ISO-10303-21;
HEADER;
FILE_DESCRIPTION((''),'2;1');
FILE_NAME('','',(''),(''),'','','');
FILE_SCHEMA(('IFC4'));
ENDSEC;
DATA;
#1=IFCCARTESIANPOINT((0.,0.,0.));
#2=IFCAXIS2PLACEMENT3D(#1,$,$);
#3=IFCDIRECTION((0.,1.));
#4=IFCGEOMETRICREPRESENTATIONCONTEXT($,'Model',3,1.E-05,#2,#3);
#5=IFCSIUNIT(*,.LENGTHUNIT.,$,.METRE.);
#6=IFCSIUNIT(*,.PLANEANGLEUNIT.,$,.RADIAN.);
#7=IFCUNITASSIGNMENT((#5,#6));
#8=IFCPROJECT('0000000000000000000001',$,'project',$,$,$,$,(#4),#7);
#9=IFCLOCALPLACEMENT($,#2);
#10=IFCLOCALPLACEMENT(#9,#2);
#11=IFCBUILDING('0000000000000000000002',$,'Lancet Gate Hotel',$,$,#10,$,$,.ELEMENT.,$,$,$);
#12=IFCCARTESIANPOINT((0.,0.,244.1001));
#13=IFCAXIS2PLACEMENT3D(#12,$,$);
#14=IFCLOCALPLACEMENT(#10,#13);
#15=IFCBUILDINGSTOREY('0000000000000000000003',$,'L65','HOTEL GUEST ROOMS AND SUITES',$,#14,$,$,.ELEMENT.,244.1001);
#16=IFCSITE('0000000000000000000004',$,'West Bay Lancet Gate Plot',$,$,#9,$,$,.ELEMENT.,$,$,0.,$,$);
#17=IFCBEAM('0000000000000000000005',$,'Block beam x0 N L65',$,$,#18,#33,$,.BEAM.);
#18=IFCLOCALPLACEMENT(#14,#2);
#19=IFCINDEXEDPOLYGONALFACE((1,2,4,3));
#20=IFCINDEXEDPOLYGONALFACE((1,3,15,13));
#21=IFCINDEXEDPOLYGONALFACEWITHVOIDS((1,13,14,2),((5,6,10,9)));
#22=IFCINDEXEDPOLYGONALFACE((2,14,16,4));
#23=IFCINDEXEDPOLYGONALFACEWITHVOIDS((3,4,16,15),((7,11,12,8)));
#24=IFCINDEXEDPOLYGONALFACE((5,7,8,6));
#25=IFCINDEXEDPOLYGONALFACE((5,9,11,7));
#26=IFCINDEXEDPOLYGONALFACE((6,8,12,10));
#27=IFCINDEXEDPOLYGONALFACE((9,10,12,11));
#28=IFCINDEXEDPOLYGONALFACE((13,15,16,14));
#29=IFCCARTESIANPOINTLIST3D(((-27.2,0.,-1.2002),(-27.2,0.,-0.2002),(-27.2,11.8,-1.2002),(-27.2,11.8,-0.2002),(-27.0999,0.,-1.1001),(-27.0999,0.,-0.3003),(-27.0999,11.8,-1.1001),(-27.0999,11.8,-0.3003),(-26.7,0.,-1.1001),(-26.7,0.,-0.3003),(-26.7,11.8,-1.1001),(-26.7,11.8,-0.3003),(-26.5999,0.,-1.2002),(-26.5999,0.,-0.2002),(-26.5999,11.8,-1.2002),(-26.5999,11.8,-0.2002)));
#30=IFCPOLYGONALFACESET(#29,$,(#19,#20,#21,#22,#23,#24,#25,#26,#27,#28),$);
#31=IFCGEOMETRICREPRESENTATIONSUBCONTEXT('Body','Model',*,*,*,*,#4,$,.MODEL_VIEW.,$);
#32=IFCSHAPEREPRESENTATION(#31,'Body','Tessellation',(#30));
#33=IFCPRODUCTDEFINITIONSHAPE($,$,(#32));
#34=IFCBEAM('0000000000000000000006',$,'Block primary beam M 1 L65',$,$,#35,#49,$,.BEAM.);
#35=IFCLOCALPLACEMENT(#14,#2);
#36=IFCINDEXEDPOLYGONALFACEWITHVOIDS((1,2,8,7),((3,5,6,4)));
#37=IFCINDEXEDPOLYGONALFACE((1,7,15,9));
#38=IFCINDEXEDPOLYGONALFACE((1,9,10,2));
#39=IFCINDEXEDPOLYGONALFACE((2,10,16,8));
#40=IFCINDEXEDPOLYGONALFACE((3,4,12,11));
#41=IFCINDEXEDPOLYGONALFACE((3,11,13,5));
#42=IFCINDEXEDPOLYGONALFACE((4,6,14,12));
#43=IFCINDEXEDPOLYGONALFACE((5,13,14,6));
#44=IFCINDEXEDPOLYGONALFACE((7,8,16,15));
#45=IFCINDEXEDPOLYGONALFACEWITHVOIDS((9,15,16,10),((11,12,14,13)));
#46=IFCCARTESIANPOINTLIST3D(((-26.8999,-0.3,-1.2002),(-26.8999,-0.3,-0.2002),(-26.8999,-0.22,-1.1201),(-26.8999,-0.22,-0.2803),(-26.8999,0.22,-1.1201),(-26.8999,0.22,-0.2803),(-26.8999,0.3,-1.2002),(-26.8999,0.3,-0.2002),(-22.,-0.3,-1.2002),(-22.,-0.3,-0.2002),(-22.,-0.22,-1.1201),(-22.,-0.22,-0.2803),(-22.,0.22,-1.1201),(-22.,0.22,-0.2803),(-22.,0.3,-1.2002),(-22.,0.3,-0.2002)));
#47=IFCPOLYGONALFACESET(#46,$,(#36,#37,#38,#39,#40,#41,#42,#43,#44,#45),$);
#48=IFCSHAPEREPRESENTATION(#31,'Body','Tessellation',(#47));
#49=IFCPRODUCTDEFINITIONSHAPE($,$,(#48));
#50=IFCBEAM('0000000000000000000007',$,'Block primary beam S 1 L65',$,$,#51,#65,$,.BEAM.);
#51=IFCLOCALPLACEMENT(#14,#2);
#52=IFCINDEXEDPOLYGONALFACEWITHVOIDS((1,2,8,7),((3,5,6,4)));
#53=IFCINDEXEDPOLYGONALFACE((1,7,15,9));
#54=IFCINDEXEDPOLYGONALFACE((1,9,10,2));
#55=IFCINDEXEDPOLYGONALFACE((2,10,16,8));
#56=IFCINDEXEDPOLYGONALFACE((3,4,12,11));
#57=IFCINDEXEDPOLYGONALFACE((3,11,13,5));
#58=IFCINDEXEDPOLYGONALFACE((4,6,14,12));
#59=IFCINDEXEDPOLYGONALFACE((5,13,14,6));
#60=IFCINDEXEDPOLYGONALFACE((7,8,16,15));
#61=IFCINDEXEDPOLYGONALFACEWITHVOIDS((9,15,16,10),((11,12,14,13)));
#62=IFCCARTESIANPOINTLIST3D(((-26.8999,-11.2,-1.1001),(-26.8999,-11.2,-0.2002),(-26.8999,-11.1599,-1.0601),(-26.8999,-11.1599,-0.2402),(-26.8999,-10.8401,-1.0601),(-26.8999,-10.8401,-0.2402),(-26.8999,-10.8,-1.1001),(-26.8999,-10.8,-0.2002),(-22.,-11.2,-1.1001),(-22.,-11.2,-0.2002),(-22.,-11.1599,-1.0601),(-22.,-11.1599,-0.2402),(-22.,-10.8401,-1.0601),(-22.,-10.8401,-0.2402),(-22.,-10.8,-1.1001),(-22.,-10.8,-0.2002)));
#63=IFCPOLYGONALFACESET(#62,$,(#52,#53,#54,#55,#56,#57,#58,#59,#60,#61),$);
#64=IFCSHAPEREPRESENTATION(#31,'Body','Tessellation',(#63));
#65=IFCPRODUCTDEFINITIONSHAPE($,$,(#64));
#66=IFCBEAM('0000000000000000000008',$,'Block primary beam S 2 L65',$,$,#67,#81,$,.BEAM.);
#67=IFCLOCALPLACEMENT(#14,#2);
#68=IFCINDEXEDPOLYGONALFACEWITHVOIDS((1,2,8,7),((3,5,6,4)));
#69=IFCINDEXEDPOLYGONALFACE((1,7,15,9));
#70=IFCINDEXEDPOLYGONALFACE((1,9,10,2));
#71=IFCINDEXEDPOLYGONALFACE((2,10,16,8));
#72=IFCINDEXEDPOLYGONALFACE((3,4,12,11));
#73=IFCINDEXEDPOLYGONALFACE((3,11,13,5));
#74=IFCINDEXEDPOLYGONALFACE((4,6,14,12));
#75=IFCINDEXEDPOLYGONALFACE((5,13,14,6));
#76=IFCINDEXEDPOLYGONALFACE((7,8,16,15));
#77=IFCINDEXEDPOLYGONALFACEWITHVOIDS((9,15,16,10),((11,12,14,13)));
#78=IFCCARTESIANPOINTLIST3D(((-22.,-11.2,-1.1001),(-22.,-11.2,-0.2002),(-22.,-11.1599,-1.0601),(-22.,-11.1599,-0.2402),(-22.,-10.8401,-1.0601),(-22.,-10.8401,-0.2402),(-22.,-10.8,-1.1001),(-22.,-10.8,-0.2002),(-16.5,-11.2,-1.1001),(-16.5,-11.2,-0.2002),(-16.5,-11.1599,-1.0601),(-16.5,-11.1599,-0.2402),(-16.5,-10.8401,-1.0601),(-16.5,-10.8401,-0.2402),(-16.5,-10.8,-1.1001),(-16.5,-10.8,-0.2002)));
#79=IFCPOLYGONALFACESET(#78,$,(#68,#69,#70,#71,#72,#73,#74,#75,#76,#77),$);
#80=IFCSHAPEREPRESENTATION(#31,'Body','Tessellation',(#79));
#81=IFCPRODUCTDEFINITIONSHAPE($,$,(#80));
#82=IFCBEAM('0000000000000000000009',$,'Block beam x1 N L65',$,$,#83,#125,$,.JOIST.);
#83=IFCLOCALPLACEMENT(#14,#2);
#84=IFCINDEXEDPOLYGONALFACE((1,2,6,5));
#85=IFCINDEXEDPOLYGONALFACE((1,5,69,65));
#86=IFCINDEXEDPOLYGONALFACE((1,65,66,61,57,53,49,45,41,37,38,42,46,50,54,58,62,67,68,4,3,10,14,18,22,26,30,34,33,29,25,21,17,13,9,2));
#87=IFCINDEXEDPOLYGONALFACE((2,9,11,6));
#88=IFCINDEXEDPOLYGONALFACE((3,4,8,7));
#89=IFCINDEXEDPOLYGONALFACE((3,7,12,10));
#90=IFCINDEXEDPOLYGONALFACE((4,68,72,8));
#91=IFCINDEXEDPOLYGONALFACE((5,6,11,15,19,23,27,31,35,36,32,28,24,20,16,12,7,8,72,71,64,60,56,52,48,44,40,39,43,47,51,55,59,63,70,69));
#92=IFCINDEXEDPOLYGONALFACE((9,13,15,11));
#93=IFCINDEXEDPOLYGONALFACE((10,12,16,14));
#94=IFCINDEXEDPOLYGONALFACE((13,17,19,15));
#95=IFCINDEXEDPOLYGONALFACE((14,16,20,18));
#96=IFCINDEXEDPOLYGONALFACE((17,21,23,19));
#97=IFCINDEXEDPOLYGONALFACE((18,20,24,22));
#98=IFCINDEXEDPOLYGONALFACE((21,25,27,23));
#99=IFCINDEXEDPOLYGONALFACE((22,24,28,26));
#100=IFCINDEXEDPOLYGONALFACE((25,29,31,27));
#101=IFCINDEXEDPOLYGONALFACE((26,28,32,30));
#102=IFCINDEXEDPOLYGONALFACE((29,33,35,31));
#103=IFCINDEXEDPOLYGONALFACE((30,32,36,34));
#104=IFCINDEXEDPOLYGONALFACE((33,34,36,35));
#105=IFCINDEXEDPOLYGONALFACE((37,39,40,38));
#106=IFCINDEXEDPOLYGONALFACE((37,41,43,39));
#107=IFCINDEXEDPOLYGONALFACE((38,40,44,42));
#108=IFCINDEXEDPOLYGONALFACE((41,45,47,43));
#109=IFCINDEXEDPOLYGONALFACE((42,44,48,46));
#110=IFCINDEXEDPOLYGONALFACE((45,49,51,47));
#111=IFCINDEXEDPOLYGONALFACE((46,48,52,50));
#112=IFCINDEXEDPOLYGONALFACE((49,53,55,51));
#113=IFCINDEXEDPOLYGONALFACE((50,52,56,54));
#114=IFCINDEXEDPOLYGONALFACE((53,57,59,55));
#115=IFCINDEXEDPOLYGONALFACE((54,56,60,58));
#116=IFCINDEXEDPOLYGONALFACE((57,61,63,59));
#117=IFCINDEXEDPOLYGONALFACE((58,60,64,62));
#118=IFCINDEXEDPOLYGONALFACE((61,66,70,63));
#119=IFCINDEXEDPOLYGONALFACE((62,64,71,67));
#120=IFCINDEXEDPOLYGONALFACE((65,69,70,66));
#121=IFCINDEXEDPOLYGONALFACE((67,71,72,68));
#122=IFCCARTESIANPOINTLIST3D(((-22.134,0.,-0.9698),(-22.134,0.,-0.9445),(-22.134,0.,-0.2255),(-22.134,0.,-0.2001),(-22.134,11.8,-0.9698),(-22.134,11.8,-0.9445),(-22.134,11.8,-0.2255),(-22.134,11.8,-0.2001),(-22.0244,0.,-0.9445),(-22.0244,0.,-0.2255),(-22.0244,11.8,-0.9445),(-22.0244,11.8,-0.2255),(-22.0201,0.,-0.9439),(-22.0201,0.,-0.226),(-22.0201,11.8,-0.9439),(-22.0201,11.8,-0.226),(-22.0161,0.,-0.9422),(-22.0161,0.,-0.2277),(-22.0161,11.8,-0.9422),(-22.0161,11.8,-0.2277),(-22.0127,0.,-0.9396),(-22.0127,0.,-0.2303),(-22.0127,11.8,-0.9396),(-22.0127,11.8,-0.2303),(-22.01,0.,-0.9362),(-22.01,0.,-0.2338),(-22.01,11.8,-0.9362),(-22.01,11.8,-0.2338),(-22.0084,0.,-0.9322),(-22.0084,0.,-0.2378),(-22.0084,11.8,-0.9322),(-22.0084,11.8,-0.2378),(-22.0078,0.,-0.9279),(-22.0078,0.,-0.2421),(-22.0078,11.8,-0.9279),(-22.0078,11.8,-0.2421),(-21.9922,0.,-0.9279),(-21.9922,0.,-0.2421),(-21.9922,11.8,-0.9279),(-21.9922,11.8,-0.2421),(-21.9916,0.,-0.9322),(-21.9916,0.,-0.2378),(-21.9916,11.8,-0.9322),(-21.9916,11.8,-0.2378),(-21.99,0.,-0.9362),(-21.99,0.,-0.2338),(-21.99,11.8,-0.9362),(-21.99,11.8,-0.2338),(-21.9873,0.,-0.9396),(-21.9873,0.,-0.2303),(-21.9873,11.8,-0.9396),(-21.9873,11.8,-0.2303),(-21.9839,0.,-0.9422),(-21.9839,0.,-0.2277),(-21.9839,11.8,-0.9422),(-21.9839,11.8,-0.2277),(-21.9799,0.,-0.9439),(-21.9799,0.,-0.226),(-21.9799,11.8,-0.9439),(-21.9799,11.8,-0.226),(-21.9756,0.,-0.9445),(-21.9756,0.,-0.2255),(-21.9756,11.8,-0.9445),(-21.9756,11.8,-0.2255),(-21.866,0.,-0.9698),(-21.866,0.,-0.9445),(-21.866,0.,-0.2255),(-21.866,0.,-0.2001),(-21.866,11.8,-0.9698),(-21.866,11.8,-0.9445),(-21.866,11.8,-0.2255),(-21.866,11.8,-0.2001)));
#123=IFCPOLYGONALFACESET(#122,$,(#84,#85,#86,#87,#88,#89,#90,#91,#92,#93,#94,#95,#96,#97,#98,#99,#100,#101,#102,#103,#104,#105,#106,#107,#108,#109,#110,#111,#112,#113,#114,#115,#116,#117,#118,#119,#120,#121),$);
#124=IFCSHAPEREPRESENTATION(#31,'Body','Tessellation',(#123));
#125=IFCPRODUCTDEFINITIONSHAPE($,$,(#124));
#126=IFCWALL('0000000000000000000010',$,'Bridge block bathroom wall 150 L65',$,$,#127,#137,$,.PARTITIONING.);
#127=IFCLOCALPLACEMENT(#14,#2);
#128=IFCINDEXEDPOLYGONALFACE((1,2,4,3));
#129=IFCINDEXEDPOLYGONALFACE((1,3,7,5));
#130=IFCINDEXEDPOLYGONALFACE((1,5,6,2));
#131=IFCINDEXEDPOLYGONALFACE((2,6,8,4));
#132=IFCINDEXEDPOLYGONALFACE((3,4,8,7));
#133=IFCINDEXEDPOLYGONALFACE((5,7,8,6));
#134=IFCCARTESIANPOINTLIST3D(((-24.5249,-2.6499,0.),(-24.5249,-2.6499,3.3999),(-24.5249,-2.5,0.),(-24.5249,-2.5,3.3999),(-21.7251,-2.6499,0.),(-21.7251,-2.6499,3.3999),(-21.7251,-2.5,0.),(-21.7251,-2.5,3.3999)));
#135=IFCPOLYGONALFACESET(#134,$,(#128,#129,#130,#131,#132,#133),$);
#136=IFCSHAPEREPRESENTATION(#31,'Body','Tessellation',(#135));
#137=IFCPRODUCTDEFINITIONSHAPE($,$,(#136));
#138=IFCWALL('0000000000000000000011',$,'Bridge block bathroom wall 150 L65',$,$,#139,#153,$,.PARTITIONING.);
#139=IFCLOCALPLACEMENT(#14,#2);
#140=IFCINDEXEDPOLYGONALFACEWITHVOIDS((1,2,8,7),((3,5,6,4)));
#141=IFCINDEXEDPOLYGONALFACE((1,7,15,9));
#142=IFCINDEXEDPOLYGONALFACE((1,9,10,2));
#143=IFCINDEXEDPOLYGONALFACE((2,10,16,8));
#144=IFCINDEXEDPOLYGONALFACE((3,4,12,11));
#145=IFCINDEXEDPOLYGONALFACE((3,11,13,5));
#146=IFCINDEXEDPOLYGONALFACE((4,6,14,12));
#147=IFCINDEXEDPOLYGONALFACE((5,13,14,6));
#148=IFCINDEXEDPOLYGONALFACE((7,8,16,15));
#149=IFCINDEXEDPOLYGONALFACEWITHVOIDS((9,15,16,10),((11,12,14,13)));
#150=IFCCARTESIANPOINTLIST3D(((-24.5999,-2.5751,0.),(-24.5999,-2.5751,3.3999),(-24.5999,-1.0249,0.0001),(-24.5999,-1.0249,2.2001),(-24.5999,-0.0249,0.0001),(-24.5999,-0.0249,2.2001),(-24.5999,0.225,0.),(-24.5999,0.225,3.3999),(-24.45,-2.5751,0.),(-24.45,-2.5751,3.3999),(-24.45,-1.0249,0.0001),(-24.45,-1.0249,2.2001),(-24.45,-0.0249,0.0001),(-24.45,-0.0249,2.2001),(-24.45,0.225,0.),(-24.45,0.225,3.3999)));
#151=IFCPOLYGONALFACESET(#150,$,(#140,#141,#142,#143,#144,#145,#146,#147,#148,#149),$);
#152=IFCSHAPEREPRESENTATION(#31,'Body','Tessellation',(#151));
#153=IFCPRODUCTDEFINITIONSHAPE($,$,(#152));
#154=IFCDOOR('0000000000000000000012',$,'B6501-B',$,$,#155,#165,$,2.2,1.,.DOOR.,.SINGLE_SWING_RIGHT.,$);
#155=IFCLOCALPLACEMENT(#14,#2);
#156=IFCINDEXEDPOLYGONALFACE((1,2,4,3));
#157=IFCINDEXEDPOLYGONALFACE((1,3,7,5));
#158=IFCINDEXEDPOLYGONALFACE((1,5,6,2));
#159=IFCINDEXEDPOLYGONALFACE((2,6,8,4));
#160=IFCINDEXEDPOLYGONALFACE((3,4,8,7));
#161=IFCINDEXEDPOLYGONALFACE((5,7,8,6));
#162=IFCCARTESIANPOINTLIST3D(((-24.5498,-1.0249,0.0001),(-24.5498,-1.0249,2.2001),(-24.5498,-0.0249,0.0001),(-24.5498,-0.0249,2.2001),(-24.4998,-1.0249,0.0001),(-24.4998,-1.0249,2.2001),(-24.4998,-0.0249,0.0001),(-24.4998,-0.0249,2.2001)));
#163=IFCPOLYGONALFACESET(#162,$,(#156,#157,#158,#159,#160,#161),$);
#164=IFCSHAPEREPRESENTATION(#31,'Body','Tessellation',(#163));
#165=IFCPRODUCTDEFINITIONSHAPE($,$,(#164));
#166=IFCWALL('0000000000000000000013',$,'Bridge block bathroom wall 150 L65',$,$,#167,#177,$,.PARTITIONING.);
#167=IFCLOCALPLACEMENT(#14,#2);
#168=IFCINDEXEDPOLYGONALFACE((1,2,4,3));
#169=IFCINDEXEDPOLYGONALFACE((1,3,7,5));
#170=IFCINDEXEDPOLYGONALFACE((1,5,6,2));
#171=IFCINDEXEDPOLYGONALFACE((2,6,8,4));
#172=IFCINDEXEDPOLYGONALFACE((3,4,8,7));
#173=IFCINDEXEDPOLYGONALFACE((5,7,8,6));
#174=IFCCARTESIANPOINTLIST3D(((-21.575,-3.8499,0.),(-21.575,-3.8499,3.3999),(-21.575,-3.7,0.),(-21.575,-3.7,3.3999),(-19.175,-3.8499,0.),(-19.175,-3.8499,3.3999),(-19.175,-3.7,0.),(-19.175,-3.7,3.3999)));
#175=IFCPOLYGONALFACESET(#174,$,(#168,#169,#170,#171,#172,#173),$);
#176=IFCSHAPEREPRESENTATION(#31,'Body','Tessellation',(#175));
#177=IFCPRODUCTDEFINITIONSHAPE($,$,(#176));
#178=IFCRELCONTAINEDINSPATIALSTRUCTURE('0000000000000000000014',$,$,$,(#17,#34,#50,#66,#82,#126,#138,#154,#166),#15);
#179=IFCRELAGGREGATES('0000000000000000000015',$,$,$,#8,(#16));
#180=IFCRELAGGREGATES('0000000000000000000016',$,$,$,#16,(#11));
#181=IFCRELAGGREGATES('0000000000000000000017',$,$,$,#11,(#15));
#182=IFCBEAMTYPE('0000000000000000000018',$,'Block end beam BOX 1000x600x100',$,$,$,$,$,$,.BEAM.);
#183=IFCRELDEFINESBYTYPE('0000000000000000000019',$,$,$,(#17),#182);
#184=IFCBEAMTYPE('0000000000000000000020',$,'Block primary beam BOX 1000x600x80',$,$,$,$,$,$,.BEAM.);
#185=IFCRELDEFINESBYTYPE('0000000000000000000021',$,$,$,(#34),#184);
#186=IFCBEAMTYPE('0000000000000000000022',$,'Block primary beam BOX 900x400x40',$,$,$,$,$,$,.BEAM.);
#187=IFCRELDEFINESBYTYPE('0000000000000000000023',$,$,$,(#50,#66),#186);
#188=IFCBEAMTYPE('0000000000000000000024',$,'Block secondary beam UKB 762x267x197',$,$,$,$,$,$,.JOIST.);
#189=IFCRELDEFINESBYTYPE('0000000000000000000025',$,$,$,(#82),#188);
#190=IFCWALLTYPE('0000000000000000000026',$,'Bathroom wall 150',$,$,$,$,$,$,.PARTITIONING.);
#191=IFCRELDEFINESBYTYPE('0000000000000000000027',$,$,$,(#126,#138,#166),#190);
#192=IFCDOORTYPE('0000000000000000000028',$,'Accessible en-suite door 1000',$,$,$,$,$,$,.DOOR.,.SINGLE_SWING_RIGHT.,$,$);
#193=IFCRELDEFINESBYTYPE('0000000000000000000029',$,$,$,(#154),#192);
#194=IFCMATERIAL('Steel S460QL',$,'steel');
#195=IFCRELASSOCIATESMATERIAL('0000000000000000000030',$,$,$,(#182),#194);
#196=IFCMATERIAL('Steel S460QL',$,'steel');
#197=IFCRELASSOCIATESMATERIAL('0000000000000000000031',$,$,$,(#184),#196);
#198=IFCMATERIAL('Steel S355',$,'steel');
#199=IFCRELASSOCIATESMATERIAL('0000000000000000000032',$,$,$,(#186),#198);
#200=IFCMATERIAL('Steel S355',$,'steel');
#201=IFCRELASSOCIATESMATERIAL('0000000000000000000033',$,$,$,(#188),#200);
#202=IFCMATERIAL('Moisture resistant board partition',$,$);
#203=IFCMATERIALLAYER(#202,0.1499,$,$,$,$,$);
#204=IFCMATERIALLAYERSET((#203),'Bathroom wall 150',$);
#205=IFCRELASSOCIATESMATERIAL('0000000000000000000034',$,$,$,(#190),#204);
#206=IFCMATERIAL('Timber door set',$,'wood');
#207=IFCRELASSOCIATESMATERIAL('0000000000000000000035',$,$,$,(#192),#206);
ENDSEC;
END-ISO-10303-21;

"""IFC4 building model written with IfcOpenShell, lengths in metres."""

from ifc_helpers import new_model, si_unit, direction, frame, frame_2d, origin, origin_2d, place, context, subcontext, project, spatial, rectangle, hollow_rectangle, i_section, extrude, material, layer, layer_set, material_profile, profile_set, type_object, element, fill, save


model = new_model("IFC4")

# Units and contexts
model_context = context("Model", 3, precision=1e-05, world=origin(), true_north=direction((0.0, 1.0)))
body_context = subcontext(model_context, "Body", "Model", "MODEL_VIEW")
ifc_project = project(units=[si_unit("LENGTHUNIT", "METRE"), si_unit("PLANEANGLEUNIT", "RADIAN")], contexts=[model_context])

# Site, building, storey
site_placement = place(None, origin())
site = spatial("IfcSite", under=ifc_project, at=site_placement, Name="West Bay Lancet Gate Plot", CompositionType="ELEMENT", RefElevation=0.0)
building_placement = place(site_placement, origin())
building = spatial("IfcBuilding", under=site, at=building_placement, Name="Lancet Gate Hotel", CompositionType="ELEMENT")
storey_placement = place(building_placement, frame((0.0, 0.0, 244.1001)))
storey = spatial("IfcBuildingStorey", under=building, at=storey_placement, Name="L65", Description="HOTEL GUEST ROOMS AND SUITES", CompositionType="ELEMENT", Elevation=244.1001)

# Beams
ifc_material_1 = material(Name="Steel S460QL", Category="steel")
ifc_material_profile_1 = material_profile(ifc_material_1, hollow_rectangle(XDim=0.6001, YDim=1.0, WallThickness=0.1001, at=origin_2d()), Name="BOX 1000x600x100")
ifc_profile_set_1 = profile_set([ifc_material_profile_1], Name="Steel S460QL")
beam_type_1 = type_object("IfcBeamType", Name="Block end beam BOX 1000x600x100", PredefinedType="BEAM", material=ifc_profile_set_1)
beam_1_placement = place(storey_placement, frame((-26.8999, 0.0, -0.7002), z_axis=(0.0, 1.0, 0.0), x_axis=(-1.0, 0.0, 0.0)))
element("IfcBeam", 1, at=beam_1_placement, inside=storey, type_object=beam_type_1, Name="Block beam x0 N L65", PredefinedType="BEAM", context=body_context, shape_type="SweptSolid", body=[
    extrude(hollow_rectangle(XDim=0.6001, YDim=1.0, WallThickness=0.1001, at=origin_2d()), origin(), (0.0, 0.0, 1.0), 11.8),
])
ifc_material_2 = material(Name="Steel S460QL", Category="steel")
ifc_material_profile_2 = material_profile(ifc_material_2, hollow_rectangle(XDim=0.6001, YDim=1.0, WallThickness=0.0801, at=origin_2d()), Name="BOX 1000x600x80")
ifc_profile_set_2 = profile_set([ifc_material_profile_2], Name="Steel S460QL")
beam_type_2 = type_object("IfcBeamType", Name="Block primary beam BOX 1000x600x80", PredefinedType="BEAM", material=ifc_profile_set_2)
beam_2_placement = place(storey_placement, frame((-26.8999, 0.0, -0.7002), z_axis=(1.0, 0.0, 0.0), x_axis=(0.0, 1.0, 0.0)))
element("IfcBeam", 2, at=beam_2_placement, inside=storey, type_object=beam_type_2, Name="Block primary beam M 1 L65", PredefinedType="BEAM", context=body_context, shape_type="SweptSolid", body=[
    extrude(hollow_rectangle(XDim=0.6001, YDim=1.0, WallThickness=0.0801, at=origin_2d()), origin(), (0.0, 0.0, 1.0), 4.8999),
])
ifc_material_3 = material(Name="Steel S355", Category="steel")
ifc_material_profile_3 = material_profile(ifc_material_3, hollow_rectangle(XDim=0.3999, YDim=0.8999, WallThickness=0.04, at=origin_2d()), Name="BOX 900x400x40")
ifc_profile_set_3 = profile_set([ifc_material_profile_3], Name="Steel S355")
beam_type_3 = type_object("IfcBeamType", Name="Block primary beam BOX 900x400x40", PredefinedType="BEAM", material=ifc_profile_set_3)
beam_3_placement = place(storey_placement, frame((-26.8999, -11.0, -0.6501), z_axis=(1.0, 0.0, 0.0), x_axis=(0.0, 1.0, 0.0)))
element("IfcBeam", 3, at=beam_3_placement, inside=storey, type_object=beam_type_3, Name="Block primary beam S 1 L65", PredefinedType="BEAM", context=body_context, shape_type="SweptSolid", body=[
    extrude(hollow_rectangle(XDim=0.3999, YDim=0.8999, WallThickness=0.04, at=origin_2d()), origin(), (0.0, 0.0, 1.0), 4.8999),
])
beam_4_placement = place(storey_placement, frame((-22.0, -11.0, -0.6501), z_axis=(1.0, 0.0, 0.0), x_axis=(0.0, 1.0, 0.0)))
element("IfcBeam", 4, at=beam_4_placement, inside=storey, type_object=beam_type_3, Name="Block primary beam S 2 L65", PredefinedType="BEAM", context=body_context, shape_type="SweptSolid", body=[
    extrude(hollow_rectangle(XDim=0.3999, YDim=0.8999, WallThickness=0.04, at=origin_2d()), origin(), (0.0, 0.0, 1.0), 5.5),
])
ifc_material_4 = material(Name="Steel S355", Category="steel")
ifc_material_profile_4 = material_profile(ifc_material_4, i_section(OverallWidth=0.2681, OverallDepth=0.7698, WebThickness=0.0156, FlangeThickness=0.0254, FilletRadius=0.0166, at=origin_2d()), Name="UKB 762x267x197")
ifc_profile_set_4 = profile_set([ifc_material_profile_4], Name="Steel S355")
beam_type_4 = type_object("IfcBeamType", Name="Block secondary beam UKB 762x267x197", PredefinedType="JOIST", material=ifc_profile_set_4)
beam_5_placement = place(storey_placement, frame((-22.0, 0.0, -0.585), z_axis=(0.0, 1.0, 0.0), x_axis=(-1.0, 0.0, 0.0)))
element("IfcBeam", 5, at=beam_5_placement, inside=storey, type_object=beam_type_4, Name="Block beam x1 N L65", PredefinedType="JOIST", context=body_context, shape_type="SweptSolid", body=[
    extrude(i_section(OverallWidth=0.2681, OverallDepth=0.7698, WebThickness=0.0156, FlangeThickness=0.0254, FilletRadius=0.0166, at=origin_2d()), origin(), (0.0, 0.0, 1.0), 11.8),
])

# Wall
ifc_material_5 = material(Name="Moisture resistant board partition")
ifc_layer_1 = layer(ifc_material_5, 0.1499)
ifc_layer_set_1 = layer_set([ifc_layer_1], Name="Bathroom wall 150")
wall_type_1 = type_object("IfcWallType", Name="Bathroom wall 150", PredefinedType="PARTITIONING", material=ifc_layer_set_1)
wall_1_placement = place(storey_placement, frame((-24.5249, -2.575, 0.0), z_axis=(0.0, 0.0, 1.0), x_axis=(1.0, 0.0, 0.0)))
element("IfcWall", 6, at=wall_1_placement, inside=storey, type_object=wall_type_1, Name="Bridge block bathroom wall 150 L65", PredefinedType="PARTITIONING", context=body_context, shape_type="SweptSolid", body=[
    extrude(rectangle(XDim=2.7998, YDim=0.1499, at=frame_2d((1.3999, 0.0))), origin(), (0.0, 0.0, 1.0), 3.3999),
])

# Wall, opening, door
wall_2_placement = place(storey_placement, frame((-24.5249, -2.575, 0.0), z_axis=(0.0, 0.0, 1.0), x_axis=(0.0, 1.0, 0.0)))
wall_2 = element("IfcWall", 7, at=wall_2_placement, inside=storey, type_object=wall_type_1, Name="Bridge block bathroom wall 150 L65", PredefinedType="PARTITIONING", context=body_context, shape_type="SweptSolid", body=[
    extrude(rectangle(XDim=2.8, YDim=0.1499, at=frame_2d((1.3999, 0.0))), origin(), (0.0, 0.0, 1.0), 3.3999),
])
opening_1_placement = place(wall_2_placement, frame((1.55, 0.0, 0.0)))
opening_1 = element("IfcOpeningElement", 8, at=opening_1_placement, cuts=wall_2, PredefinedType="OPENING", context=body_context, shape_type="SweptSolid", body=[
    extrude(rectangle(XDim=1.0, YDim=2.2, at=frame_2d((0.5, 1.1001))), frame((0.0, 0.085, 0.0), z_axis=(0.0, -1.0, 0.0), x_axis=(1.0, 0.0, 0.0)), (0.0, 0.0, 1.0), 0.1699),
])
ifc_material_6 = material(Name="Timber door set", Category="wood")
door_type_1 = type_object("IfcDoorType", Name="Accessible en-suite door 1000", OperationType="SINGLE_SWING_RIGHT", PredefinedType="DOOR", material=ifc_material_6)
door_1_placement = place(opening_1_placement, origin())
door_1 = element("IfcDoor", 9, at=door_1_placement, inside=storey, type_object=door_type_1, Name="B6501-B", OperationType="SINGLE_SWING_RIGHT", OverallHeight=2.2, OverallWidth=1.0, PredefinedType="DOOR", context=body_context, shape_type="SweptSolid", body=[
    extrude(rectangle(XDim=1.0, YDim=2.2, at=frame_2d((0.5, 1.1001))), frame((0.0, 0.0249, 0.0), z_axis=(0.0, -1.0, 0.0), x_axis=(1.0, 0.0, 0.0)), (0.0, 0.0, 1.0), 0.05),
])
fill(opening_1, door_1)

# Wall
for number, where, z_axis, x_axis, name in (
    (10, (-21.575, -3.7749, 0.0), (0.0, 0.0, 1.0), (1.0, 0.0, 0.0), "Bridge block bathroom wall 150 L65"),
):
    element("IfcWall", number, at=place(storey_placement, frame(where, z_axis=z_axis, x_axis=x_axis)), inside=storey, type_object=wall_type_1, Name=name, PredefinedType="PARTITIONING", context=body_context, shape_type="SweptSolid", body=[
        extrude(rectangle(XDim=2.3999, YDim=0.1499, at=frame_2d((1.2, 0.0))), origin(), (0.0, 0.0, 1.0), 3.3999),
    ])

save(model, "model.ifc")
